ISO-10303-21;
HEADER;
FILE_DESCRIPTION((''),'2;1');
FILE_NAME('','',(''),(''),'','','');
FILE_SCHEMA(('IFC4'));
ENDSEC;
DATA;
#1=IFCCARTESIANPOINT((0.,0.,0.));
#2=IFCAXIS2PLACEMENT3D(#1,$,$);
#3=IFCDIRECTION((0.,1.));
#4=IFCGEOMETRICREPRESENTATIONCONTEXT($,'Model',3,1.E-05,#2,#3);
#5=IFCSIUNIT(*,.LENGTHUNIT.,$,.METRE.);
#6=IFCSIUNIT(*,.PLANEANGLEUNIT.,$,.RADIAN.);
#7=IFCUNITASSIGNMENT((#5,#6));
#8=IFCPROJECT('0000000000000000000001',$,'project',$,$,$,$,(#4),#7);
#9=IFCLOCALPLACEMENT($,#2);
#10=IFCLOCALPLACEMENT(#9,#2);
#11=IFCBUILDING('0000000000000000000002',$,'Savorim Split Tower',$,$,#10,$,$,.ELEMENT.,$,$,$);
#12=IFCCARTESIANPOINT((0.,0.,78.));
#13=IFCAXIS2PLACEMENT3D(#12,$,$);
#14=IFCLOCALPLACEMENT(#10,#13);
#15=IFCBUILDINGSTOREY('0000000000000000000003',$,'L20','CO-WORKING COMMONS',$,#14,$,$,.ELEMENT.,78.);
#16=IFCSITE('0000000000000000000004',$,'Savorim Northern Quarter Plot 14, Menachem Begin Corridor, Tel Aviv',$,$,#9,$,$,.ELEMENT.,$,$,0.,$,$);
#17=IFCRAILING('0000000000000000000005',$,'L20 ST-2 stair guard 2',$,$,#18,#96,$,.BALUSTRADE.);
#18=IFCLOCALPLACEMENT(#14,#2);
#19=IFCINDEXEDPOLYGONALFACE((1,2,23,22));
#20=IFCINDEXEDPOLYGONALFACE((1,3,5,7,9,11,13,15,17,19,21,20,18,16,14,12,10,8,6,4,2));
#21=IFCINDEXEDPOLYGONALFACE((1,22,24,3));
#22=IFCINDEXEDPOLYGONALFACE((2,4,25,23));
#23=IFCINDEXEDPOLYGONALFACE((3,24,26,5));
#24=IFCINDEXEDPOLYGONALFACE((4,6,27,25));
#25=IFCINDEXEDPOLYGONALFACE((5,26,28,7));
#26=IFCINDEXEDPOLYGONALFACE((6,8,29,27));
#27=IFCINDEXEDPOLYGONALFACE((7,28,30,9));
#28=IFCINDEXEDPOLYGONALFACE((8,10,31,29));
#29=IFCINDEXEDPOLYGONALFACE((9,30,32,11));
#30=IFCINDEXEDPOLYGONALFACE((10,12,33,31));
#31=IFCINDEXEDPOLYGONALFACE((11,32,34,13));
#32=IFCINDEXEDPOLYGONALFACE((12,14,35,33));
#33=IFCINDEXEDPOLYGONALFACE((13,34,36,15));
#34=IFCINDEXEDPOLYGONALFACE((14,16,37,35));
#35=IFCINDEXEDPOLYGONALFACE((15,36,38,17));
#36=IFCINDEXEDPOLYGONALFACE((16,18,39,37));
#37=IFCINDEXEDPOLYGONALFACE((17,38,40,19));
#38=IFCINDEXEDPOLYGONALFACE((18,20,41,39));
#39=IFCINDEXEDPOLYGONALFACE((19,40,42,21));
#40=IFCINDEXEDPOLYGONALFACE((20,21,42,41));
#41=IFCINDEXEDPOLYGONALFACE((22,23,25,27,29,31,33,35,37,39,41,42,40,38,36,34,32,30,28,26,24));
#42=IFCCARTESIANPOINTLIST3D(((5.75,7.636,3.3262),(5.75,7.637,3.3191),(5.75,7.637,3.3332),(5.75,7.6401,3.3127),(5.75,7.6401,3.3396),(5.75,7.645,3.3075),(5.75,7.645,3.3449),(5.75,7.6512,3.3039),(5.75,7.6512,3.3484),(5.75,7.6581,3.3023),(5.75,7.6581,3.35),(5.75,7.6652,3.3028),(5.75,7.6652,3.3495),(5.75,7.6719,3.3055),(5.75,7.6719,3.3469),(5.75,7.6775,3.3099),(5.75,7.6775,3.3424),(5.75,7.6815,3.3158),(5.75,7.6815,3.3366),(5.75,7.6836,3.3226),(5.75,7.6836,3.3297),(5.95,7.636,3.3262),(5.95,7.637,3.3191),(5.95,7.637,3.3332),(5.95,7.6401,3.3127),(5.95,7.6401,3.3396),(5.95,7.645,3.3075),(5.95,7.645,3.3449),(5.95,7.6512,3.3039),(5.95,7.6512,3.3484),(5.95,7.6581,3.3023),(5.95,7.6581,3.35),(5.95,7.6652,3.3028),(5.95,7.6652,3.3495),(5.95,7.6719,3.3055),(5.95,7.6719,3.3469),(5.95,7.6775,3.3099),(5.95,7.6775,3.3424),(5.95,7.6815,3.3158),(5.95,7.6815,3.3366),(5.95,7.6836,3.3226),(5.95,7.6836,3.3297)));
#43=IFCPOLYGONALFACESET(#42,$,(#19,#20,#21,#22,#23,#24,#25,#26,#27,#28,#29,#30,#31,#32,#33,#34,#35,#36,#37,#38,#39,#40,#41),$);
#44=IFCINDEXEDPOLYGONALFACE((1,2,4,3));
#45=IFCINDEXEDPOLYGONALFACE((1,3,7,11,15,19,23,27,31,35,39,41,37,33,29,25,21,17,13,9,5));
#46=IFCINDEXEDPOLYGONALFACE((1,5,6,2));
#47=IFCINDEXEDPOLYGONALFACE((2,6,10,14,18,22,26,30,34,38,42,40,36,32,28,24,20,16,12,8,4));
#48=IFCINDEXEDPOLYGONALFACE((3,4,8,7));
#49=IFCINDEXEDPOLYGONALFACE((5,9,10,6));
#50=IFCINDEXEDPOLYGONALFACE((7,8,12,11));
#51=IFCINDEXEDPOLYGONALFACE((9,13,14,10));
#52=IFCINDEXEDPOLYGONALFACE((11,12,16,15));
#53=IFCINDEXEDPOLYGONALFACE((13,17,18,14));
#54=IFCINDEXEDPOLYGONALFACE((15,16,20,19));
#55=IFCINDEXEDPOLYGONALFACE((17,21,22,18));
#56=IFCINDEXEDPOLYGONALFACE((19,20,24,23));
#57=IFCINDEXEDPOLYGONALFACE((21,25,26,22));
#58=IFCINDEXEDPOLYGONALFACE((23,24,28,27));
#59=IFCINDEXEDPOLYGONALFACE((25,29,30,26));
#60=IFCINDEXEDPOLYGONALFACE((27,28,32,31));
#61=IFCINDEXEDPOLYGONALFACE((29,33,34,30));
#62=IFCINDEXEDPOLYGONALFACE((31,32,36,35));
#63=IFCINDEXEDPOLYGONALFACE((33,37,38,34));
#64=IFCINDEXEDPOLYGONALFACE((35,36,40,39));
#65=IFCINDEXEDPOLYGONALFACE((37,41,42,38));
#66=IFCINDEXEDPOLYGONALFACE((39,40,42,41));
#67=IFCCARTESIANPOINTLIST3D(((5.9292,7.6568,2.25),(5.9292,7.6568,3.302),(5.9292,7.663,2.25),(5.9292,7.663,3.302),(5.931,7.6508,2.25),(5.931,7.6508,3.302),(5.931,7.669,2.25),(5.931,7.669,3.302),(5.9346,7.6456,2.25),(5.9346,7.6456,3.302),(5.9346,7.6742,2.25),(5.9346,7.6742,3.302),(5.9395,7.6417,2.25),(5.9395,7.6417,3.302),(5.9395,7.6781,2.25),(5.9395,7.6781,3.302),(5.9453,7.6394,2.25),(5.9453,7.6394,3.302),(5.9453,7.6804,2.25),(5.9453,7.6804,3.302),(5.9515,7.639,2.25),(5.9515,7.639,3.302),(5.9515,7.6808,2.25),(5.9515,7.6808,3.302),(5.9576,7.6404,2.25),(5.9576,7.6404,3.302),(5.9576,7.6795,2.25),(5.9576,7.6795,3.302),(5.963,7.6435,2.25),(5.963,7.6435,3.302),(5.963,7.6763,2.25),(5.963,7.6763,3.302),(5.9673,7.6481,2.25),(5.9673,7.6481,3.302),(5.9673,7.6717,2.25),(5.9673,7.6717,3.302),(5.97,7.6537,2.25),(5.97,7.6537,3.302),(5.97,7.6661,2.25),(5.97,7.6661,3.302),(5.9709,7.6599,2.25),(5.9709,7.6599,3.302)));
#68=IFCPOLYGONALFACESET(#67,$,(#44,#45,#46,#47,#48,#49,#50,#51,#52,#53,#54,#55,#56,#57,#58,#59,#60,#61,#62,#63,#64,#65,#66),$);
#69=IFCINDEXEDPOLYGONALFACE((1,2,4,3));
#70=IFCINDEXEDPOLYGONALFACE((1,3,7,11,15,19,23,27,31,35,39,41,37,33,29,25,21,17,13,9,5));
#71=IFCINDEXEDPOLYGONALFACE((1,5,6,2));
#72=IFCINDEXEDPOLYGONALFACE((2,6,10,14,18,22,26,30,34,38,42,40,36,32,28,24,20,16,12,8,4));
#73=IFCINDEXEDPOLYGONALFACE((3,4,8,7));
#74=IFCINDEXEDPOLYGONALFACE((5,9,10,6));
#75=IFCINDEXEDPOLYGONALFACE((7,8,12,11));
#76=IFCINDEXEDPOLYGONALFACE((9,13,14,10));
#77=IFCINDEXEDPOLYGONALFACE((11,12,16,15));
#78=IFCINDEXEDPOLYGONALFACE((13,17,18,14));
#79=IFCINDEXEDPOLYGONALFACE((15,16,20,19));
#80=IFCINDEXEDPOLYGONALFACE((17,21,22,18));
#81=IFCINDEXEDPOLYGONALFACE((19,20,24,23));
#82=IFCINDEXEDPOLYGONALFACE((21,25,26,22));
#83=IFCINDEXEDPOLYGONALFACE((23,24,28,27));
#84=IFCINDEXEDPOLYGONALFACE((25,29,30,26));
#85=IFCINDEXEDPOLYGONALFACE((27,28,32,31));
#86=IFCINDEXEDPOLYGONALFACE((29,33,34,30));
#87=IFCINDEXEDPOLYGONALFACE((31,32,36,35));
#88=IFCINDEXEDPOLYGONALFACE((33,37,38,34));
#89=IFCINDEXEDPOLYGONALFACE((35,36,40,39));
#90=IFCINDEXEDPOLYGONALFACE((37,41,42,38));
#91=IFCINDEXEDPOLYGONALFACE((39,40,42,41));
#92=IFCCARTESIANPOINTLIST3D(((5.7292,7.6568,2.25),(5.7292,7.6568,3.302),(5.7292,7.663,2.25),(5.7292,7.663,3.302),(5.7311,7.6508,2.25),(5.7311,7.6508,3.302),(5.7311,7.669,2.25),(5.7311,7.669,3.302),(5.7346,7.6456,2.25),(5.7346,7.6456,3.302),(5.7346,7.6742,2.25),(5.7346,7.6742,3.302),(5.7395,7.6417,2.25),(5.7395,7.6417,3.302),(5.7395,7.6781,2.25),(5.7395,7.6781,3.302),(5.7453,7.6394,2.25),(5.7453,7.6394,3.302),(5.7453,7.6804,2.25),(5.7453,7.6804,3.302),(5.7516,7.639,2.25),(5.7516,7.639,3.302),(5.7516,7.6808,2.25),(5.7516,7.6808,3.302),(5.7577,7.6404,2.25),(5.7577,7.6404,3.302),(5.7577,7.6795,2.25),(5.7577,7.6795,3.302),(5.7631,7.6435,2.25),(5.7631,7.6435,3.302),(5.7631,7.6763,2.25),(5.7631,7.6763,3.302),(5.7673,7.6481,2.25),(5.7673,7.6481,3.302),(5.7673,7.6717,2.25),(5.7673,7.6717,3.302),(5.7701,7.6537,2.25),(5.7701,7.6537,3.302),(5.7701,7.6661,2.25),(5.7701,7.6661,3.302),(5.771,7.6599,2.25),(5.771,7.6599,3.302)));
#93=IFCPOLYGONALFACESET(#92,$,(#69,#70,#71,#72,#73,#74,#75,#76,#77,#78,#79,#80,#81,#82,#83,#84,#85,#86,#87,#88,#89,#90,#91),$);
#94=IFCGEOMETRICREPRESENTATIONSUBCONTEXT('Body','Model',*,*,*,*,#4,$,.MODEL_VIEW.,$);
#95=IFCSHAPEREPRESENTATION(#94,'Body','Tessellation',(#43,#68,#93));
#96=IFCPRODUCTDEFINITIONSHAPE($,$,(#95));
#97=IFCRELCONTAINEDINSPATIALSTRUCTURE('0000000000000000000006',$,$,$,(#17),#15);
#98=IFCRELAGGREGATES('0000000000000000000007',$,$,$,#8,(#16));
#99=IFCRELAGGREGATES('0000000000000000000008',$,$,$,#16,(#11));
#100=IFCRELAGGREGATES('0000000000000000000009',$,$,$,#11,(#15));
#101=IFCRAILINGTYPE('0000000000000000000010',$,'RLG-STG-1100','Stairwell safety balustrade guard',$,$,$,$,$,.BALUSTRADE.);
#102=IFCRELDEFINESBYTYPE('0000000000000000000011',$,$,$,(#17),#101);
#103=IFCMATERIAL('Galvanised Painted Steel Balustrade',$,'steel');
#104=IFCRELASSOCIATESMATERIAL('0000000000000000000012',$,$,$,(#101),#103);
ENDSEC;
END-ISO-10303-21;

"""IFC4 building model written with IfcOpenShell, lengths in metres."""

from ifc_helpers import new_model, si_unit, direction, frame, origin, origin_2d, place, context, subcontext, project, spatial, circle, extrude, material, type_object, element, save


model = new_model("IFC4")

# Units and contexts
model_context = context("Model", 3, precision=1e-05, world=origin(), true_north=direction((0.0, 1.0)))
body_context = subcontext(model_context, "Body", "Model", "MODEL_VIEW")
ifc_project = project(units=[si_unit("LENGTHUNIT", "METRE"), si_unit("PLANEANGLEUNIT", "RADIAN")], contexts=[model_context])

# Site, building, storey
site_placement = place(None, origin())
site = spatial("IfcSite", under=ifc_project, at=site_placement, Name="Savorim Northern Quarter Plot 14, Menachem Begin Corridor, Tel Aviv", CompositionType="ELEMENT", RefElevation=0.0)
building_placement = place(site_placement, origin())
building = spatial("IfcBuilding", under=site, at=building_placement, Name="Savorim Split Tower", CompositionType="ELEMENT")
storey_placement = place(building_placement, frame((0.0, 0.0, 78.0)))
storey = spatial("IfcBuildingStorey", under=building, at=storey_placement, Name="L20", Description="CO-WORKING COMMONS", CompositionType="ELEMENT", Elevation=78.0)

# Railing
ifc_material_1 = material(Name="Galvanised Painted Steel Balustrade", Category="steel")
railing_type_1 = type_object("IfcRailingType", Name="RLG-STG-1100", Description="Stairwell safety balustrade guard", PredefinedType="BALUSTRADE", material=ifc_material_1)
railing_1_placement = place(storey_placement, frame((5.95, 7.6599, 2.25)))
element("IfcRailing", 1, at=railing_1_placement, inside=storey, type_object=railing_type_1, Name="L20 ST-2 stair guard 2", PredefinedType="BALUSTRADE", context=body_context, shape_type="SweptSolid", body=[
    extrude(circle(Radius=0.0239, at=origin_2d()), frame((0.0, 0.0, 1.0762), z_axis=(-1.0, 0.0, 0.0), x_axis=(0.0, -1.0, 0.0)), (0.0, 0.0, 1.0), 0.2),
    extrude(circle(Radius=0.021, at=origin_2d()), origin(), (0.0, 0.0, 1.0), 1.052),
    extrude(circle(Radius=0.021, at=origin_2d()), frame((-0.2, 0.0, 0.0)), (0.0, 0.0, 1.0), 1.052),
])

save(model, "model.ifc")
